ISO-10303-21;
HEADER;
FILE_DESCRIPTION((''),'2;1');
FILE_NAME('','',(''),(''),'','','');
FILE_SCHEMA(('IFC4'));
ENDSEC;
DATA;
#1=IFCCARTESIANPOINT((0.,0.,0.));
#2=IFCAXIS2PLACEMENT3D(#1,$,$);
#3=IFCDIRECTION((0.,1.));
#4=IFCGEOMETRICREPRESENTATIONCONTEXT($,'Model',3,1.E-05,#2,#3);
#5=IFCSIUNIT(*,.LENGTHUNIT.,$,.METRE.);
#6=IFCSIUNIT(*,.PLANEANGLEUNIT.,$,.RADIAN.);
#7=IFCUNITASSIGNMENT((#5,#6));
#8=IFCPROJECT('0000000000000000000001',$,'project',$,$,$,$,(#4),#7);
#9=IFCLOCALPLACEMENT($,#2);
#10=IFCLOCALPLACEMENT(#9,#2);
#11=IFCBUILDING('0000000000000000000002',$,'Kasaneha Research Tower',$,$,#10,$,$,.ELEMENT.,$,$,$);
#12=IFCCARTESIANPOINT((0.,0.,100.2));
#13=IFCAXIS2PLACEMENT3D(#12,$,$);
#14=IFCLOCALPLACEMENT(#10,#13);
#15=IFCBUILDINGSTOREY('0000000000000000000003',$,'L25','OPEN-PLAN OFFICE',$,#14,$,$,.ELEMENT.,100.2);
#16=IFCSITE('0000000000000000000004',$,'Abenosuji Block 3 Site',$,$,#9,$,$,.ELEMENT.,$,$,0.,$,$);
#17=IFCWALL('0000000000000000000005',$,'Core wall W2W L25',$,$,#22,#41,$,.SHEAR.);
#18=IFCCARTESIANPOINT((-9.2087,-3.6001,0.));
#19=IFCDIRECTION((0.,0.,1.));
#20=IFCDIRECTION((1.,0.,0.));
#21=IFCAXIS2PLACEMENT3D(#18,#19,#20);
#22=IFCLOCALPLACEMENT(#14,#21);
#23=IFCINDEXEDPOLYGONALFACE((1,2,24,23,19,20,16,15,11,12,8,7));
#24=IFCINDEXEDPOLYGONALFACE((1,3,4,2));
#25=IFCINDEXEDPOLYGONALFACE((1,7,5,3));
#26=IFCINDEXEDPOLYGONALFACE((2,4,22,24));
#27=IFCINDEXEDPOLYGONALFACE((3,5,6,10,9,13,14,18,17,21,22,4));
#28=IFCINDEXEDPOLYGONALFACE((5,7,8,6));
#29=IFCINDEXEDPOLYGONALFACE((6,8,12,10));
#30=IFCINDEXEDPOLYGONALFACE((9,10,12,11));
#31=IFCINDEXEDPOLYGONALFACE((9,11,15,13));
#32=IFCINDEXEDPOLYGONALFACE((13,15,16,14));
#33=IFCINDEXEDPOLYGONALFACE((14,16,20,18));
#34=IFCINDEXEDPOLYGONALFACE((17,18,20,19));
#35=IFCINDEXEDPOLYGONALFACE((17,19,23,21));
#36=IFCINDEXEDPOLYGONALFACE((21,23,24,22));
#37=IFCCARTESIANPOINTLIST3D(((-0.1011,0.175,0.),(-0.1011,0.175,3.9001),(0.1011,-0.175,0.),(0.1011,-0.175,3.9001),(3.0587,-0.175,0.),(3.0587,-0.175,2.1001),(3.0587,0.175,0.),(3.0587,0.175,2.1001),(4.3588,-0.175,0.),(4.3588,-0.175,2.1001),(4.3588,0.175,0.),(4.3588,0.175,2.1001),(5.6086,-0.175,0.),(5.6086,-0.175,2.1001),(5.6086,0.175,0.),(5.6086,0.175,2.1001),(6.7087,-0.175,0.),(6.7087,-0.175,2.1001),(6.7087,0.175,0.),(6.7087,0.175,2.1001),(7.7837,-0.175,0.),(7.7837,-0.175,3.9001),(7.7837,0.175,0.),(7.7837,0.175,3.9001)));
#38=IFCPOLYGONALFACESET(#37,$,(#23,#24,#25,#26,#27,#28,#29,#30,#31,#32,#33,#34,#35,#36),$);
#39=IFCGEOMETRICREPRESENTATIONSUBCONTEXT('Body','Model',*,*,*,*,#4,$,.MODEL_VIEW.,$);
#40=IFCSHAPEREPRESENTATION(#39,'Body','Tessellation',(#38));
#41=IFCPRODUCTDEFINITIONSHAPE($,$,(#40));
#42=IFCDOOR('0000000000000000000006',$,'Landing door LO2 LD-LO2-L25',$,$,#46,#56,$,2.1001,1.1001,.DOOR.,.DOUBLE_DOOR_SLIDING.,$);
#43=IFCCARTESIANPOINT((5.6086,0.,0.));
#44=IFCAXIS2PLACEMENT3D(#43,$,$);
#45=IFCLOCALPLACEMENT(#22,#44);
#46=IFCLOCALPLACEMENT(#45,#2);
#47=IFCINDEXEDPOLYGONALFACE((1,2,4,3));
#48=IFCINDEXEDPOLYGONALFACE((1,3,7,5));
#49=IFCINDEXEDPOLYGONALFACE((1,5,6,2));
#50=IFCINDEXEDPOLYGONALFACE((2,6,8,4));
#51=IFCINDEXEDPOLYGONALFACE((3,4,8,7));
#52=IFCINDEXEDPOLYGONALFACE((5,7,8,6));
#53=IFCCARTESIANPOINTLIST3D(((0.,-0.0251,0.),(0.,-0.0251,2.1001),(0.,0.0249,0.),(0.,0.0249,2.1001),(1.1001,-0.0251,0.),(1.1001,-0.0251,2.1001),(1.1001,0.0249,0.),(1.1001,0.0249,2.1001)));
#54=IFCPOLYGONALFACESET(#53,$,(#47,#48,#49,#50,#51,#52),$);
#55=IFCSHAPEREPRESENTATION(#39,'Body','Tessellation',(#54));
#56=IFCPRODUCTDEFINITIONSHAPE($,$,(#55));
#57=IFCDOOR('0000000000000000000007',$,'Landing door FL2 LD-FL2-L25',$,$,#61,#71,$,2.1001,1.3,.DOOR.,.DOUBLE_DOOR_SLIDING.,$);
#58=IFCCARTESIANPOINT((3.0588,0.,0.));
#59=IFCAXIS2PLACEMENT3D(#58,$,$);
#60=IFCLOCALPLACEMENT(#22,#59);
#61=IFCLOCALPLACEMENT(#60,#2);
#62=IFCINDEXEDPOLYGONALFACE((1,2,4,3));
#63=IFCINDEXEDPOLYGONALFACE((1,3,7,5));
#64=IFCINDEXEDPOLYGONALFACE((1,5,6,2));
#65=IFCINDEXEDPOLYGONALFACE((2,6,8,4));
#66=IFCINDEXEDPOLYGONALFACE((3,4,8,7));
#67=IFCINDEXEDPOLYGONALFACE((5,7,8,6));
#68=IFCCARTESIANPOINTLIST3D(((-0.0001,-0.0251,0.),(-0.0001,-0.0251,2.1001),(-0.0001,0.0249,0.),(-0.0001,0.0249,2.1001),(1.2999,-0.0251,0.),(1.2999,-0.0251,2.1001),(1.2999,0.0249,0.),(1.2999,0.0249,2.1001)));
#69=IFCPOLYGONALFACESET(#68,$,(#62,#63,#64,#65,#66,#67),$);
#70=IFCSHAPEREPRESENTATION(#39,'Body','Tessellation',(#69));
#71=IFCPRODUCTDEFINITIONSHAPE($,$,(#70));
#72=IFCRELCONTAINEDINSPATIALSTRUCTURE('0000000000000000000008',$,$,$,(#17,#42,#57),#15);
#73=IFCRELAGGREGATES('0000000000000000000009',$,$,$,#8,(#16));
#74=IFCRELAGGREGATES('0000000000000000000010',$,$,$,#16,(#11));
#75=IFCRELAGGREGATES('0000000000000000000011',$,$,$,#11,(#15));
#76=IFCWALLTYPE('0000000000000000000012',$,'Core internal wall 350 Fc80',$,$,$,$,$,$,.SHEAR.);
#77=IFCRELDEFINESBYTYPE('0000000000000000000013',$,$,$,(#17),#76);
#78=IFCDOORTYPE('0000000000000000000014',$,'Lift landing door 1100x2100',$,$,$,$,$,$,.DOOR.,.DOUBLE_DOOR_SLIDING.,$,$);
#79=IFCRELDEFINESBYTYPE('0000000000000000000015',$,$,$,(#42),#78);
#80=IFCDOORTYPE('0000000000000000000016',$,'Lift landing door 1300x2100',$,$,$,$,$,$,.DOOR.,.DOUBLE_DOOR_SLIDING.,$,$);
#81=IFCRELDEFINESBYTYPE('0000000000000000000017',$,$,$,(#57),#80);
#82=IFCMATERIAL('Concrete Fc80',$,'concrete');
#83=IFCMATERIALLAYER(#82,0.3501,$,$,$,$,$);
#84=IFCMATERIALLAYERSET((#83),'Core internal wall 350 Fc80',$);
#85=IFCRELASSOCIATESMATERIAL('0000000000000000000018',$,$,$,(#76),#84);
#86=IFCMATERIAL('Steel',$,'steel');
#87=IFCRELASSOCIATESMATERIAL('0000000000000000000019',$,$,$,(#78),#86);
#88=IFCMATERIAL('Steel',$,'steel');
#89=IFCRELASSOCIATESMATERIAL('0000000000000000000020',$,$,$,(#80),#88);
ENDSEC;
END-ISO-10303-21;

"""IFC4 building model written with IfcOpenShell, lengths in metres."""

from ifc_helpers import new_model, si_unit, direction, frame, frame_2d, origin, place, context, subcontext, project, spatial, polyline, rectangle, outline, extrude, material, layer, layer_set, type_object, element, fill, save


model = new_model("IFC4")

# Units and contexts
model_context = context("Model", 3, precision=1e-05, world=origin(), true_north=direction((0.0, 1.0)))
body_context = subcontext(model_context, "Body", "Model", "MODEL_VIEW")
ifc_project = project(units=[si_unit("LENGTHUNIT", "METRE"), si_unit("PLANEANGLEUNIT", "RADIAN")], contexts=[model_context])

# Site, building, storey
site_placement = place(None, origin())
site = spatial("IfcSite", under=ifc_project, at=site_placement, Name="Abenosuji Block 3 Site", CompositionType="ELEMENT", RefElevation=0.0)
building_placement = place(site_placement, origin())
building = spatial("IfcBuilding", under=site, at=building_placement, Name="Kasaneha Research Tower", CompositionType="ELEMENT")
storey_placement = place(building_placement, frame((0.0, 0.0, 100.2)))
storey = spatial("IfcBuildingStorey", under=building, at=storey_placement, Name="L25", Description="OPEN-PLAN OFFICE", CompositionType="ELEMENT", Elevation=100.2)

# Wall, openings, doors
ifc_material_1 = material(Name="Concrete Fc80", Category="concrete")
ifc_layer_1 = layer(ifc_material_1, 0.3501)
ifc_layer_set_1 = layer_set([ifc_layer_1], Name="Core internal wall 350 Fc80")
wall_type_1 = type_object("IfcWallType", Name="Core internal wall 350 Fc80", PredefinedType="SHEAR", material=ifc_layer_set_1)
wall_1_placement = place(storey_placement, frame((-9.2087, -3.6001, 0.0), z_axis=(0.0, 0.0, 1.0), x_axis=(1.0, 0.0, 0.0)))
wall_1 = element("IfcWall", 1, at=wall_1_placement, inside=storey, type_object=wall_type_1, Name="Core wall W2W L25", PredefinedType="SHEAR", context=body_context, shape_type="SweptSolid", body=[
    extrude(outline(polyline([(0.1011, -0.175), (3.0588, -0.175), (4.3589, -0.175), (5.6086, -0.175), (6.7087, -0.175), (7.7837, -0.175), (7.7837, 0.175), (6.7087, 0.175), (5.6086, 0.175), (4.3589, 0.175), (3.0588, 0.175), (-0.1011, 0.175), (0.1011, -0.175)])), origin(), (0.0, 0.0, 1.0), 3.9001),
])
opening_1_placement = place(wall_1_placement, frame((5.6086, 0.0, 0.0)))
opening_1 = element("IfcOpeningElement", 2, at=opening_1_placement, cuts=wall_1, PredefinedType="OPENING", context=body_context, shape_type="SweptSolid", body=[
    extrude(rectangle(XDim=1.1001, YDim=2.1001, at=frame_2d((0.55, 1.05))), frame((0.0, 0.1851, 0.0), z_axis=(0.0, -1.0, 0.0), x_axis=(1.0, 0.0, 0.0)), (0.0, 0.0, 1.0), 0.3701),
])
opening_2_placement = place(wall_1_placement, frame((3.0588, 0.0, 0.0)))
opening_2 = element("IfcOpeningElement", 3, at=opening_2_placement, cuts=wall_1, PredefinedType="OPENING", context=body_context, shape_type="SweptSolid", body=[
    extrude(rectangle(XDim=1.3, YDim=2.1001, at=frame_2d((0.6499, 1.05))), frame((0.0, 0.1851, 0.0), z_axis=(0.0, -1.0, 0.0), x_axis=(1.0, 0.0, 0.0)), (0.0, 0.0, 1.0), 0.3701),
])
ifc_material_2 = material(Name="Steel", Category="steel")
door_type_1 = type_object("IfcDoorType", Name="Lift landing door 1100x2100", OperationType="DOUBLE_DOOR_SLIDING", PredefinedType="DOOR", material=ifc_material_2)
door_1_placement = place(opening_1_placement, origin())
door_1 = element("IfcDoor", 4, at=door_1_placement, inside=storey, type_object=door_type_1, Name="Landing door LO2 LD-LO2-L25", OperationType="DOUBLE_DOOR_SLIDING", OverallHeight=2.1001, OverallWidth=1.1001, PredefinedType="DOOR", context=body_context, shape_type="SweptSolid", body=[
    extrude(rectangle(XDim=1.1001, YDim=2.1001, at=frame_2d((0.55, 1.05))), frame((0.0, 0.0249, 0.0), z_axis=(0.0, -1.0, 0.0), x_axis=(1.0, 0.0, 0.0)), (0.0, 0.0, 1.0), 0.05),
])
fill(opening_1, door_1)
ifc_material_3 = material(Name="Steel", Category="steel")
door_type_2 = type_object("IfcDoorType", Name="Lift landing door 1300x2100", OperationType="DOUBLE_DOOR_SLIDING", PredefinedType="DOOR", material=ifc_material_3)
door_2_placement = place(opening_2_placement, origin())
door_2 = element("IfcDoor", 5, at=door_2_placement, inside=storey, type_object=door_type_2, Name="Landing door FL2 LD-FL2-L25", OperationType="DOUBLE_DOOR_SLIDING", OverallHeight=2.1001, OverallWidth=1.3, PredefinedType="DOOR", context=body_context, shape_type="SweptSolid", body=[
    extrude(rectangle(XDim=1.3, YDim=2.1001, at=frame_2d((0.6499, 1.05))), frame((0.0, 0.0249, 0.0), z_axis=(0.0, -1.0, 0.0), x_axis=(1.0, 0.0, 0.0)), (0.0, 0.0, 1.0), 0.05),
])
fill(opening_2, door_2)

save(model, "model.ifc")
